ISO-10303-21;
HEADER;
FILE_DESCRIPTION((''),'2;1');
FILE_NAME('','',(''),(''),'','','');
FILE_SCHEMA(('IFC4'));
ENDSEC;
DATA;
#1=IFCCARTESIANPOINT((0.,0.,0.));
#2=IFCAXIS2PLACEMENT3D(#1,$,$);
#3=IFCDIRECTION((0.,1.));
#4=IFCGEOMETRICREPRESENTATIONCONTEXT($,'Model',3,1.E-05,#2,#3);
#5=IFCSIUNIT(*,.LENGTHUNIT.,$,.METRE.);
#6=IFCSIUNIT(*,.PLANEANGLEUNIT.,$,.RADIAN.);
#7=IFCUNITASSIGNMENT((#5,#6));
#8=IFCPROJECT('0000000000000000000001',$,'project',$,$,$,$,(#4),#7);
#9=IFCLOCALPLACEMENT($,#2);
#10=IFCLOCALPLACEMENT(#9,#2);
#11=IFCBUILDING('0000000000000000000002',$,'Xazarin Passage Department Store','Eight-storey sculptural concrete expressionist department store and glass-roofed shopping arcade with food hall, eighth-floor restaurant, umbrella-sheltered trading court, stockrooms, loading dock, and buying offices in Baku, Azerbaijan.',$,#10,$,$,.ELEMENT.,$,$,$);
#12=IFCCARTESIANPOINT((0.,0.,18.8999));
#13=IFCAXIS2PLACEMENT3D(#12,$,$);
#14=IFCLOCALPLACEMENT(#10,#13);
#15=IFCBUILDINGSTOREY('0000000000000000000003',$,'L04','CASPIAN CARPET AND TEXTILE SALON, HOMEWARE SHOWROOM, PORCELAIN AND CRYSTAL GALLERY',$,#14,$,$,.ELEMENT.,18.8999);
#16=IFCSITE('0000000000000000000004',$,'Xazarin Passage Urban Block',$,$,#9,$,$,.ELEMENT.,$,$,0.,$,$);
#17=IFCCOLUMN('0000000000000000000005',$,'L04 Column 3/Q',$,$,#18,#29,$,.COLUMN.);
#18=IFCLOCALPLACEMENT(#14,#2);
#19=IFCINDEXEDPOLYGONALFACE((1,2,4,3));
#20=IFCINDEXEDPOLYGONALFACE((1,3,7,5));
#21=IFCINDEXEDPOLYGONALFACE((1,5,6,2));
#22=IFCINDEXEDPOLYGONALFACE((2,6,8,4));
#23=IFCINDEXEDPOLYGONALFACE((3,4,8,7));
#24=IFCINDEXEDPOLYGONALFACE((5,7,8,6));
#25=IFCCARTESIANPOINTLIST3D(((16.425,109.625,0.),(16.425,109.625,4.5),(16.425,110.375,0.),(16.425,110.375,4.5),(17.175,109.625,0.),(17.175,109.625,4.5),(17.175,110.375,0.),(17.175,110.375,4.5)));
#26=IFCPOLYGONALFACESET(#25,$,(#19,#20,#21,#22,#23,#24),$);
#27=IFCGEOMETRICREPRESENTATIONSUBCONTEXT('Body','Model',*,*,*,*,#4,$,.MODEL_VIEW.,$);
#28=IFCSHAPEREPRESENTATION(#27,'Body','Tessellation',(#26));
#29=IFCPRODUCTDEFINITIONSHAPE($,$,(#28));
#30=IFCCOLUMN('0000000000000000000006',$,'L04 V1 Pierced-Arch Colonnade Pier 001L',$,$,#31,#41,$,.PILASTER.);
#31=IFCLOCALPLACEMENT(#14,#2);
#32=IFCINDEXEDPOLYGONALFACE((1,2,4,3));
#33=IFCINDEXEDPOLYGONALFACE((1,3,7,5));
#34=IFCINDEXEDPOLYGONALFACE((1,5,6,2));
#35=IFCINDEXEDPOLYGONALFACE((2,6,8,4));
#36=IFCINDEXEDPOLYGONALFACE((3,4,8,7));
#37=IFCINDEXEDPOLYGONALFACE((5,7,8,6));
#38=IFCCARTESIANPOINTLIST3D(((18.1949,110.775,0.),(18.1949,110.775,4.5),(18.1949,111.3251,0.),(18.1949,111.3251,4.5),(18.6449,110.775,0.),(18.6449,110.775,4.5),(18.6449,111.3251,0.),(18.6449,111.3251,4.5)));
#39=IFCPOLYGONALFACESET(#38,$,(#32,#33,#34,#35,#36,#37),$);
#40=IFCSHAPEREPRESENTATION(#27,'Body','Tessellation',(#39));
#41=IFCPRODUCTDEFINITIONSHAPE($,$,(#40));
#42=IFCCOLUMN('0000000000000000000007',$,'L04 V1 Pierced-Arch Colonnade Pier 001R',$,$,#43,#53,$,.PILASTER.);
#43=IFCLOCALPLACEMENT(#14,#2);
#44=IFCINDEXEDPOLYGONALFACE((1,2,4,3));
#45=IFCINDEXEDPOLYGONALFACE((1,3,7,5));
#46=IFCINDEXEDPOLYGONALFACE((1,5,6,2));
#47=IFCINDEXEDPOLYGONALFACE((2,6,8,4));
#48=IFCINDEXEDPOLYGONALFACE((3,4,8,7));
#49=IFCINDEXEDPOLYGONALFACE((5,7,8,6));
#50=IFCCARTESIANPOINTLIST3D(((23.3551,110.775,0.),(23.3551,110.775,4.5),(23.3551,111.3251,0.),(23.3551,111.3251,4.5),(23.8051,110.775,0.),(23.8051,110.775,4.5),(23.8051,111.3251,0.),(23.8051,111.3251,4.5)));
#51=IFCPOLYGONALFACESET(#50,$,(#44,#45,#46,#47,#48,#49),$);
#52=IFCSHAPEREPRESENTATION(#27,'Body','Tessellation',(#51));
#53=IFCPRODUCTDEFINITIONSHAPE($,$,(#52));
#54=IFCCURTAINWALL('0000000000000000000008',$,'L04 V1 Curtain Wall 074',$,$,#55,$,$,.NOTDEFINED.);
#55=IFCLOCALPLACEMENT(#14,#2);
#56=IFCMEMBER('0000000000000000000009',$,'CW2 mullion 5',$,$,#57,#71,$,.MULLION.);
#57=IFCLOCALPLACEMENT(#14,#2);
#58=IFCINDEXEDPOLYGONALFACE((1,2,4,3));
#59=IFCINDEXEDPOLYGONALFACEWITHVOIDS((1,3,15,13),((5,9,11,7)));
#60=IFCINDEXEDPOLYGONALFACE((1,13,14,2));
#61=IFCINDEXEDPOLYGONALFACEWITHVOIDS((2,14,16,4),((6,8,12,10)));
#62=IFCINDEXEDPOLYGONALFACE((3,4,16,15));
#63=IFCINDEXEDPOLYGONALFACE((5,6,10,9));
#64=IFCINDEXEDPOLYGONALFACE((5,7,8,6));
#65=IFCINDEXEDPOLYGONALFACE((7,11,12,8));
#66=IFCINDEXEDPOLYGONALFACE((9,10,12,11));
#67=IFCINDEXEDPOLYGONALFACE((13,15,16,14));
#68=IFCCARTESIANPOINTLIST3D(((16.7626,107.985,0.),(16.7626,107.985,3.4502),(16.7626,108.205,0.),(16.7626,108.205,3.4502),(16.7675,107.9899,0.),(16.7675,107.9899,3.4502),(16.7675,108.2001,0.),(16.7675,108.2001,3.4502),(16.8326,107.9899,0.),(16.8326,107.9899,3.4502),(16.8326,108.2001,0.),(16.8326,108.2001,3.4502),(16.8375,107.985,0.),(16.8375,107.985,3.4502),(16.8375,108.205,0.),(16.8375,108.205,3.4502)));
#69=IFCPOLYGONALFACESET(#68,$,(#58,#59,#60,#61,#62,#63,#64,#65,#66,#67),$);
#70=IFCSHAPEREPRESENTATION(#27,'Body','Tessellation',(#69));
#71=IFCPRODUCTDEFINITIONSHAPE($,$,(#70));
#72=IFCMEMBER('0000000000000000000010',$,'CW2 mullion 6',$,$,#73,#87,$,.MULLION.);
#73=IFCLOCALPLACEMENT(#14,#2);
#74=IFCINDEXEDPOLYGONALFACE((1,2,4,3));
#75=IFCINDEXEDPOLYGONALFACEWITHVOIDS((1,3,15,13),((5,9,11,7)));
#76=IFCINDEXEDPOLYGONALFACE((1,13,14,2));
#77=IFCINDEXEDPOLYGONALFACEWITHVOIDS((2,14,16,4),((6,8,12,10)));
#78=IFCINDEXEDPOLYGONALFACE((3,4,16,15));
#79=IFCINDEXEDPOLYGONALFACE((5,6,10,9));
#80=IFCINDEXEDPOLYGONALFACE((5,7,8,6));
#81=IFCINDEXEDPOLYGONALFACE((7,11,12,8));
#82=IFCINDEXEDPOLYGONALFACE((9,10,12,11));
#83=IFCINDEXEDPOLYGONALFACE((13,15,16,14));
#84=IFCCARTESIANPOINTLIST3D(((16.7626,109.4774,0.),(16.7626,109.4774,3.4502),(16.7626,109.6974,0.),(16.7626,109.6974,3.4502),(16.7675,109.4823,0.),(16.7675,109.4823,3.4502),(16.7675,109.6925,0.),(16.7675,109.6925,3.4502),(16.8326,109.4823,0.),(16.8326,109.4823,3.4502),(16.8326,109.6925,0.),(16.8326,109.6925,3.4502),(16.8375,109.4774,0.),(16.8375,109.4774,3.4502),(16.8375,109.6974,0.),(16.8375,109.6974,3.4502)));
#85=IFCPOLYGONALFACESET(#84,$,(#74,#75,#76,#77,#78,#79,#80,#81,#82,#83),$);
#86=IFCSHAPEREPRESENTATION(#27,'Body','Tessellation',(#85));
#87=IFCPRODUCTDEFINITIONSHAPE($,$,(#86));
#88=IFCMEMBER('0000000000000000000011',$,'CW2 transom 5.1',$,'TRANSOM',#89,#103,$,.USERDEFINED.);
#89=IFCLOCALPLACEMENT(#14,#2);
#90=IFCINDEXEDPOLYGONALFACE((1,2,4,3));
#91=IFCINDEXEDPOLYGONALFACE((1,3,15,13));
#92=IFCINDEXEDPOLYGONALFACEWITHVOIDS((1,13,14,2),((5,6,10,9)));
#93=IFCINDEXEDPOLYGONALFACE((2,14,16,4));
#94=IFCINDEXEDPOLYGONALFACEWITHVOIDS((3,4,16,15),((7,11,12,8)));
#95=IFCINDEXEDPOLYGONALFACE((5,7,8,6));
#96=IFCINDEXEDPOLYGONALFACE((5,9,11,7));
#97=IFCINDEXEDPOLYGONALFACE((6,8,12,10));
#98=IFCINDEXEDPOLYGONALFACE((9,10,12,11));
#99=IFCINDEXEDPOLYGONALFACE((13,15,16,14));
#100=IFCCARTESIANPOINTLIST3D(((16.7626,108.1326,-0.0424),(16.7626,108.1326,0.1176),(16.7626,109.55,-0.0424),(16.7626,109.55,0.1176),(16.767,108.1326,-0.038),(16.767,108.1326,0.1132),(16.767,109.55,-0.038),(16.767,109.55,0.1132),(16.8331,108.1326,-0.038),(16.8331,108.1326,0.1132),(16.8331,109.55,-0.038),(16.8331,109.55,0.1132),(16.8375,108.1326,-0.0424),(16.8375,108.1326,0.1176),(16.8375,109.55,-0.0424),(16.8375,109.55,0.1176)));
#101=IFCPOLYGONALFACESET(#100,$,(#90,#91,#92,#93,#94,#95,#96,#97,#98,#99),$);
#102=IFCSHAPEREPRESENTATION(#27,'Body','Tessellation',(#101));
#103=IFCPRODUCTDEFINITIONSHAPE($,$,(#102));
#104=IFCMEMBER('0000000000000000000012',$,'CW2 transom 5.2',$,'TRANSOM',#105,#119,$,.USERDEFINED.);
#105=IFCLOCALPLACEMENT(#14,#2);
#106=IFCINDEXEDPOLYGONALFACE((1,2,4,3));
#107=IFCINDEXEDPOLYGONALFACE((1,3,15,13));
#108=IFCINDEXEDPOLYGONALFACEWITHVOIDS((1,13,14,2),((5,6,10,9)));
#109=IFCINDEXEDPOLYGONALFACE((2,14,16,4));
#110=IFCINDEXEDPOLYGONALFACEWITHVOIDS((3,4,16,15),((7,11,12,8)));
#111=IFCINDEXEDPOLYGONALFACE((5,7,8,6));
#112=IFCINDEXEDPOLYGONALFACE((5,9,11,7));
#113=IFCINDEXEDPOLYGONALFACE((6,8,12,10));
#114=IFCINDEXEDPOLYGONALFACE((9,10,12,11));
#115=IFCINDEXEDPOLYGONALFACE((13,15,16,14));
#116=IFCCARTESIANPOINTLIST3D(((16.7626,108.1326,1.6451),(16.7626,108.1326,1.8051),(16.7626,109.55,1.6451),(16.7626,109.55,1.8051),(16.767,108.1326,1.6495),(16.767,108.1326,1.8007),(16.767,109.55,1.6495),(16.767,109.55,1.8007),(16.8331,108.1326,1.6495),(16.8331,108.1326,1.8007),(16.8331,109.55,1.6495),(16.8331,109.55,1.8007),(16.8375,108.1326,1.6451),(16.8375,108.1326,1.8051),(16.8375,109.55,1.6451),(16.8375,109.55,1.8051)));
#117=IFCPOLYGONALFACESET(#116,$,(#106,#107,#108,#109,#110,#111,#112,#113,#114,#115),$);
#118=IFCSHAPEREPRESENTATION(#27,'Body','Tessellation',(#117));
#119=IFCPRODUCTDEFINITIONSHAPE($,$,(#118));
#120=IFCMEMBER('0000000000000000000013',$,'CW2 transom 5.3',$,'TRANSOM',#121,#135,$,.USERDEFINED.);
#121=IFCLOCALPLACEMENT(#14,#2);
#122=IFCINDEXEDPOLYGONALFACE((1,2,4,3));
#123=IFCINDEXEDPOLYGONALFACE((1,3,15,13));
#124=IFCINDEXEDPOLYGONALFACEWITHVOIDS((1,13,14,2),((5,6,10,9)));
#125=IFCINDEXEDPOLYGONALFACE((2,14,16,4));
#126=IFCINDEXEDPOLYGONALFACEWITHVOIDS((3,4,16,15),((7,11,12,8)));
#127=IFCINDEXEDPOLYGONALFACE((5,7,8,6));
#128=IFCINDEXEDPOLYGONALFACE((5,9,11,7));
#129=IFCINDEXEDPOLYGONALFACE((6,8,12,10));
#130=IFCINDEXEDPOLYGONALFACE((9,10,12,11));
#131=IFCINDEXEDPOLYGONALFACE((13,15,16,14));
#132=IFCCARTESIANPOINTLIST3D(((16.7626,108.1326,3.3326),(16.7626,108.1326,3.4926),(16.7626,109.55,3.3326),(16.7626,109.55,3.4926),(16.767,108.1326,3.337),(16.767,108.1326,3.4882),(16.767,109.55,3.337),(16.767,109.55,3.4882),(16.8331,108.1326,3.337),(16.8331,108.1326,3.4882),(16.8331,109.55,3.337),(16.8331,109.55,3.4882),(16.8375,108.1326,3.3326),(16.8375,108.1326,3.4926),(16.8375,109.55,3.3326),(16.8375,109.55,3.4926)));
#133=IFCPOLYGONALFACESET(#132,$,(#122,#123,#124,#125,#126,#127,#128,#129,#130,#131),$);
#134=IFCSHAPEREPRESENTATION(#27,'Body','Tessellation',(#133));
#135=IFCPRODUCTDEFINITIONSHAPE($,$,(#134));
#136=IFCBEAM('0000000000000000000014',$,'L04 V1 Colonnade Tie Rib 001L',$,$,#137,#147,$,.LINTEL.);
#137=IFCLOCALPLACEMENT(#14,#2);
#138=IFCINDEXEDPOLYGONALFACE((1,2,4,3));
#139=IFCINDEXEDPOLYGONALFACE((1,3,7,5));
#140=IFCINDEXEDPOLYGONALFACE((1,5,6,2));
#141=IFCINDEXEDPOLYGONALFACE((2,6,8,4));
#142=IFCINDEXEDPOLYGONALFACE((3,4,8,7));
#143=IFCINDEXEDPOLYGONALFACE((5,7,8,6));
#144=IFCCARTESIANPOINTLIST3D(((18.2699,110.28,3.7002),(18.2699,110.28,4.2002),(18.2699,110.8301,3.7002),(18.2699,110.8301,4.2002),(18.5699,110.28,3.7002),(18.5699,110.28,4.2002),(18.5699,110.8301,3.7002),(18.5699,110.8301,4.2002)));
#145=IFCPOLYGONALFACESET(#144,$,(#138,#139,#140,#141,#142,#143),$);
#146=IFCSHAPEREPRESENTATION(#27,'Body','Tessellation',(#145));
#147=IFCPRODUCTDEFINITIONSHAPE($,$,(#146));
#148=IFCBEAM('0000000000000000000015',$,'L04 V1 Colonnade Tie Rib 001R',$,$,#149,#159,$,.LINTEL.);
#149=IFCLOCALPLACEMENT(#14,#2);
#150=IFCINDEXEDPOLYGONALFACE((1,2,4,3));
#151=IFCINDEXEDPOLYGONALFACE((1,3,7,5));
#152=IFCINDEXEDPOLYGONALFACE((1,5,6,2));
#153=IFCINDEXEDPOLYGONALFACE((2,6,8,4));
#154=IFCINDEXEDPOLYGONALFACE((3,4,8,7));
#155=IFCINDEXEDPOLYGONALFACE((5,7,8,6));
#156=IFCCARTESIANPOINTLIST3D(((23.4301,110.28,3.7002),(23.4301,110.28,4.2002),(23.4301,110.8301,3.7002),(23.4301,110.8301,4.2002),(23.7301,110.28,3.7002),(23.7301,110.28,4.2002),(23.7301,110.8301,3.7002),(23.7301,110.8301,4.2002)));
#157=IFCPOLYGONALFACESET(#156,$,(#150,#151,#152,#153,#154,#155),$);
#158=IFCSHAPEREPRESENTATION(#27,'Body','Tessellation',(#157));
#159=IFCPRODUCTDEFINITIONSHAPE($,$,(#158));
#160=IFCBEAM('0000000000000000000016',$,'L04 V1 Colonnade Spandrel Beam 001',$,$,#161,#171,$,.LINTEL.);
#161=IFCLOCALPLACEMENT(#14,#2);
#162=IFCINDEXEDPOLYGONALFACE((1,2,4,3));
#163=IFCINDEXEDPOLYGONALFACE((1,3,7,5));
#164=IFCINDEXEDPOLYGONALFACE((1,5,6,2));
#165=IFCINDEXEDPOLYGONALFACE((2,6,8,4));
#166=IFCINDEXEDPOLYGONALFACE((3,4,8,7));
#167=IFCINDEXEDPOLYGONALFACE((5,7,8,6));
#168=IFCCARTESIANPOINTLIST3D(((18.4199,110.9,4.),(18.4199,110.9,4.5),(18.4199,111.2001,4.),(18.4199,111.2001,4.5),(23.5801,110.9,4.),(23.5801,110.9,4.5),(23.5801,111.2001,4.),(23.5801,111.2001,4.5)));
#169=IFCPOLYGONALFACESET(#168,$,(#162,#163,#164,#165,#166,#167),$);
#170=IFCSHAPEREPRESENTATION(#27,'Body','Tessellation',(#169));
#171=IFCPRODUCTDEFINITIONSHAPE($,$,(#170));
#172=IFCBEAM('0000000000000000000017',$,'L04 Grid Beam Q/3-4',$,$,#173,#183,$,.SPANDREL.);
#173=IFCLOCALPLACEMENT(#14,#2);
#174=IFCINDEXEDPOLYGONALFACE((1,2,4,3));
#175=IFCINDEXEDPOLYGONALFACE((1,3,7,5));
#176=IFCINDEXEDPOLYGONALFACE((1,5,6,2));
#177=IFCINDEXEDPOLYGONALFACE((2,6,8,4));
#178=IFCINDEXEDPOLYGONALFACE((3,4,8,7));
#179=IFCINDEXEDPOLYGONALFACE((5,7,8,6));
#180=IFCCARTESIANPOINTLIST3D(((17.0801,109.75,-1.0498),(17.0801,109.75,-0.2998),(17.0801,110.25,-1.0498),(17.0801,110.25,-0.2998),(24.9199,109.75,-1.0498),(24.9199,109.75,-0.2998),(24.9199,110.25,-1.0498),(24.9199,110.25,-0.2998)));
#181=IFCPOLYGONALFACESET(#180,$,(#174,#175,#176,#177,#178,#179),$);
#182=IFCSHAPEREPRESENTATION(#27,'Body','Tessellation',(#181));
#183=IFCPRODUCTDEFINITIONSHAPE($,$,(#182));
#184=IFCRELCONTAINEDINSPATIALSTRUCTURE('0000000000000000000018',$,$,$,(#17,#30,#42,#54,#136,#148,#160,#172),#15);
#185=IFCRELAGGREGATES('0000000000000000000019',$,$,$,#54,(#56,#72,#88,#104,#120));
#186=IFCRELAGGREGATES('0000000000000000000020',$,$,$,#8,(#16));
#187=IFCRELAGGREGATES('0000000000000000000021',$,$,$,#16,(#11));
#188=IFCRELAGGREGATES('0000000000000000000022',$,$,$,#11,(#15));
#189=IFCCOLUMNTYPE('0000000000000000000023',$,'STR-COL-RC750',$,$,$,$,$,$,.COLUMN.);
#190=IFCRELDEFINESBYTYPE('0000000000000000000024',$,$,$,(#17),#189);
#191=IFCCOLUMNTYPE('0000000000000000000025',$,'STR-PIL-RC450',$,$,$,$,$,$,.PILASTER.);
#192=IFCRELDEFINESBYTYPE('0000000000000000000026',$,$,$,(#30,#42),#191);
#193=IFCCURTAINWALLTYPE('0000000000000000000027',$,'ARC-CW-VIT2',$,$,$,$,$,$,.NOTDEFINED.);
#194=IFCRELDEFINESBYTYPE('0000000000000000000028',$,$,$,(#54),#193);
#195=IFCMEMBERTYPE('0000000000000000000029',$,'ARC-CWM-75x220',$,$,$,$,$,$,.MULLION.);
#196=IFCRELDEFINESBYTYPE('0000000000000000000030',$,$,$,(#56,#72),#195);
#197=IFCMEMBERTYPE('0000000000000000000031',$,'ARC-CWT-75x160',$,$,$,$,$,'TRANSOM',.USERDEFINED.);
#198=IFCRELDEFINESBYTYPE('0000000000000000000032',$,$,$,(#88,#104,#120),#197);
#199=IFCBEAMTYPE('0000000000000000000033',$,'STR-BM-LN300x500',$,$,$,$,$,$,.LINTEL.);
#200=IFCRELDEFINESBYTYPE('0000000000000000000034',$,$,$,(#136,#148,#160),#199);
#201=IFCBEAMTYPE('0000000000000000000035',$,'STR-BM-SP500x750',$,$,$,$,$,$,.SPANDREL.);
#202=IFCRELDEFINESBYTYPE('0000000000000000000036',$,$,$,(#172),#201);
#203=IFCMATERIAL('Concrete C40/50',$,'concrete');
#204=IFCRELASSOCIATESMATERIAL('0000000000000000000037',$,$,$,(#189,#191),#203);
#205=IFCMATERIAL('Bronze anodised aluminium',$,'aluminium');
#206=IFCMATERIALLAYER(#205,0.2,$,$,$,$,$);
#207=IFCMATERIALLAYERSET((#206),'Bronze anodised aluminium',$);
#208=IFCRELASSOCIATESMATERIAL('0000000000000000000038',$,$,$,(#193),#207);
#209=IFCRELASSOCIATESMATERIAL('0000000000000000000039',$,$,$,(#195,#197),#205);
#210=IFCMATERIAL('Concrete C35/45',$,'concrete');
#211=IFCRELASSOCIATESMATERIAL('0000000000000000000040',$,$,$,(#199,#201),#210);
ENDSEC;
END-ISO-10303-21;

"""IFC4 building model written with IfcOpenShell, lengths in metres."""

from ifc_helpers import new_model, si_unit, direction, frame, origin, origin_2d, place, context, subcontext, project, spatial, rectangle, hollow_rectangle, extrude, material, layer, layer_set, material_profile, profile_set, type_object, element, aggregate, save


model = new_model("IFC4")

# Units and contexts
model_context = context("Model", 3, precision=1e-05, world=origin(), true_north=direction((0.0, 1.0)))
body_context = subcontext(model_context, "Body", "Model", "MODEL_VIEW")
ifc_project = project(units=[si_unit("LENGTHUNIT", "METRE"), si_unit("PLANEANGLEUNIT", "RADIAN")], contexts=[model_context])

# Site, building, storey
site_placement = place(None, origin())
site = spatial("IfcSite", under=ifc_project, at=site_placement, Name="Xazarin Passage Urban Block", CompositionType="ELEMENT", RefElevation=0.0)
building_placement = place(site_placement, origin())
building = spatial("IfcBuilding", under=site, at=building_placement, Name="Xazarin Passage Department Store", Description="Eight-storey sculptural concrete expressionist department store and glass-roofed shopping arcade with food hall, eighth-floor restaurant, umbrella-sheltered trading court, stockrooms, loading dock, and buying offices in Baku, Azerbaijan.", CompositionType="ELEMENT")
storey_placement = place(building_placement, frame((0.0, 0.0, 18.8999)))
storey = spatial("IfcBuildingStorey", under=building, at=storey_placement, Name="L04", Description="CASPIAN CARPET AND TEXTILE SALON, HOMEWARE SHOWROOM, PORCELAIN AND CRYSTAL GALLERY", CompositionType="ELEMENT", Elevation=18.8999)

# Columns
ifc_material_1 = material(Name="Concrete C40/50", Category="concrete")
ifc_material_profile_1 = material_profile(ifc_material_1, rectangle(XDim=0.75, YDim=0.75, at=origin_2d()), Name="RC 750x750")
ifc_profile_set_1 = profile_set([ifc_material_profile_1], Name="Concrete C40/50")
column_type_1 = type_object("IfcColumnType", Name="STR-COL-RC750", PredefinedType="COLUMN", material=ifc_profile_set_1)
column_placement = place(storey_placement, frame((16.8, 110.0, 0.0), z_axis=(0.0, 0.0, 1.0), x_axis=(1.0, 0.0, 0.0)))
element("IfcColumn", 1, at=column_placement, inside=storey, type_object=column_type_1, Name="L04 Column 3/Q", PredefinedType="COLUMN", context=body_context, shape_type="SweptSolid", body=[
    extrude(rectangle(XDim=0.75, YDim=0.75, at=origin_2d()), origin(), (0.0, 0.0, 1.0), 4.5),
])
ifc_material_profile_2 = material_profile(ifc_material_1, rectangle(XDim=0.45, YDim=0.55, at=origin_2d()), Name="RC 450x550")
ifc_profile_set_2 = profile_set([ifc_material_profile_2], Name="Concrete C40/50")
column_type_2 = type_object("IfcColumnType", Name="STR-PIL-RC450", PredefinedType="PILASTER", material=ifc_profile_set_2)
for number, where, z_axis, x_axis, name in (
    (2, (18.4199, 111.05, 0.0), (0.0, 0.0, 1.0), (1.0, 0.0, 0.0), "L04 V1 Pierced-Arch Colonnade Pier 001L"),
    (3, (23.5801, 111.05, 0.0), (0.0, 0.0, 1.0), (1.0, 0.0, 0.0), "L04 V1 Pierced-Arch Colonnade Pier 001R"),
):
    element("IfcColumn", number, at=place(storey_placement, frame(where, z_axis=z_axis, x_axis=x_axis)), inside=storey, type_object=column_type_2, Name=name, PredefinedType="PILASTER", context=body_context, shape_type="SweptSolid", body=[
        extrude(rectangle(XDim=0.45, YDim=0.55, at=origin_2d()), origin(), (0.0, 0.0, 1.0), 4.5),
    ])

# Curtain wall, members
ifc_material_2 = material(Name="Bronze anodised aluminium", Category="aluminium")
ifc_layer_1 = layer(ifc_material_2, 0.2)
ifc_layer_set_1 = layer_set([ifc_layer_1], Name="Bronze anodised aluminium")
curtain_wall_type = type_object("IfcCurtainWallType", Name="ARC-CW-VIT2", PredefinedType="NOTDEFINED", material=ifc_layer_set_1)
curtain_wall_placement = place(storey_placement, origin())
curtain_wall = element("IfcCurtainWall", 4, at=curtain_wall_placement, inside=storey, type_object=curtain_wall_type, Name="L04 V1 Curtain Wall 074", PredefinedType="NOTDEFINED")
ifc_material_profile_3 = material_profile(ifc_material_2, hollow_rectangle(XDim=0.075, YDim=0.22, WallThickness=0.0049, at=origin_2d()), Name="ALU 75x220")
ifc_profile_set_3 = profile_set([ifc_material_profile_3], Name="Bronze anodised aluminium")
member_type_1 = type_object("IfcMemberType", Name="ARC-CWM-75x220", PredefinedType="MULLION", material=ifc_profile_set_3)
member_1_placement = place(storey_placement, frame((16.8, 108.095, 0.0), z_axis=(0.0, 0.0, 1.0), x_axis=(-1.0, 0.0, 0.0)))
member_1 = element("IfcMember", 5, at=member_1_placement, type_object=member_type_1, Name="CW2 mullion 5", PredefinedType="MULLION", context=body_context, shape_type="SweptSolid", body=[
    extrude(hollow_rectangle(XDim=0.075, YDim=0.22, WallThickness=0.0049, at=origin_2d()), origin(), (0.0, 0.0, 1.0), 3.4502),
])
member_2_placement = place(storey_placement, frame((16.8, 109.5874, 0.0), z_axis=(0.0, 0.0, 1.0), x_axis=(-1.0, 0.0, 0.0)))
member_2 = element("IfcMember", 6, at=member_2_placement, type_object=member_type_1, Name="CW2 mullion 6", PredefinedType="MULLION", context=body_context, shape_type="SweptSolid", body=[
    extrude(hollow_rectangle(XDim=0.075, YDim=0.22, WallThickness=0.0049, at=origin_2d()), origin(), (0.0, 0.0, 1.0), 3.4502),
])
ifc_material_profile_4 = material_profile(ifc_material_2, hollow_rectangle(XDim=0.075, YDim=0.1599, WallThickness=0.0044, at=origin_2d()), Name="ALU 75x160")
ifc_profile_set_4 = profile_set([ifc_material_profile_4], Name="Bronze anodised aluminium")
member_type_2 = type_object("IfcMemberType", Name="ARC-CWT-75x160", ElementType="TRANSOM", PredefinedType="USERDEFINED", material=ifc_profile_set_4)
member_3_placement = place(storey_placement, frame((16.8, 108.1326, 0.0376), z_axis=(0.0, 1.0, 0.0), x_axis=(-1.0, 0.0, 0.0)))
member_3 = element("IfcMember", 7, at=member_3_placement, type_object=member_type_2, Name="CW2 transom 5.1", ObjectType="TRANSOM", PredefinedType="USERDEFINED", context=body_context, shape_type="SweptSolid", body=[
    extrude(hollow_rectangle(XDim=0.075, YDim=0.1599, WallThickness=0.0044, at=origin_2d()), origin(), (0.0, 0.0, 1.0), 1.4175),
])
member_4_placement = place(storey_placement, frame((16.8, 108.1326, 1.7251), z_axis=(0.0, 1.0, 0.0), x_axis=(-1.0, 0.0, 0.0)))
member_4 = element("IfcMember", 8, at=member_4_placement, type_object=member_type_2, Name="CW2 transom 5.2", ObjectType="TRANSOM", PredefinedType="USERDEFINED", context=body_context, shape_type="SweptSolid", body=[
    extrude(hollow_rectangle(XDim=0.075, YDim=0.1599, WallThickness=0.0044, at=origin_2d()), origin(), (0.0, 0.0, 1.0), 1.4175),
])
member_5_placement = place(storey_placement, frame((16.8, 108.1326, 3.4126), z_axis=(0.0, 1.0, 0.0), x_axis=(-1.0, 0.0, 0.0)))
member_5 = element("IfcMember", 9, at=member_5_placement, type_object=member_type_2, Name="CW2 transom 5.3", ObjectType="TRANSOM", PredefinedType="USERDEFINED", context=body_context, shape_type="SweptSolid", body=[
    extrude(hollow_rectangle(XDim=0.075, YDim=0.1599, WallThickness=0.0044, at=origin_2d()), origin(), (0.0, 0.0, 1.0), 1.4175),
])

# Beams
ifc_material_3 = material(Name="Concrete C35/45", Category="concrete")
ifc_material_profile_5 = material_profile(ifc_material_3, rectangle(XDim=0.3, YDim=0.5, at=origin_2d()), Name="RC 300x500")
ifc_profile_set_5 = profile_set([ifc_material_profile_5], Name="Concrete C35/45")
beam_type_1 = type_object("IfcBeamType", Name="STR-BM-LN300x500", PredefinedType="LINTEL", material=ifc_profile_set_5)
for number, where, z_axis, x_axis, name in (
    (10, (18.4199, 110.28, 3.9502), (0.0, 1.0, 0.0), (-1.0, 0.0, 0.0), "L04 V1 Colonnade Tie Rib 001L"),
    (11, (23.5801, 110.28, 3.9502), (0.0, 1.0, 0.0), (-1.0, 0.0, 0.0), "L04 V1 Colonnade Tie Rib 001R"),
):
    element("IfcBeam", number, at=place(storey_placement, frame(where, z_axis=z_axis, x_axis=x_axis)), inside=storey, type_object=beam_type_1, Name=name, PredefinedType="LINTEL", context=body_context, shape_type="SweptSolid", body=[
        extrude(rectangle(XDim=0.3, YDim=0.5, at=origin_2d()), origin(), (0.0, 0.0, 1.0), 0.55),
    ])
beam_1_placement = place(storey_placement, frame((18.4199, 111.05, 4.25), z_axis=(1.0, 0.0, 0.0), x_axis=(0.0, 1.0, 0.0)))
element("IfcBeam", 12, at=beam_1_placement, inside=storey, type_object=beam_type_1, Name="L04 V1 Colonnade Spandrel Beam 001", PredefinedType="LINTEL", context=body_context, shape_type="SweptSolid", body=[
    extrude(rectangle(XDim=0.3, YDim=0.5, at=origin_2d()), origin(), (0.0, 0.0, 1.0), 5.1602),
])
ifc_material_profile_6 = material_profile(ifc_material_3, rectangle(XDim=0.5, YDim=0.75, at=origin_2d()), Name="RC 500x750")
ifc_profile_set_6 = profile_set([ifc_material_profile_6], Name="Concrete C35/45")
beam_type_2 = type_object("IfcBeamType", Name="STR-BM-SP500x750", PredefinedType="SPANDREL", material=ifc_profile_set_6)
beam_2_placement = place(storey_placement, frame((17.0801, 110.0, -0.6748), z_axis=(1.0, 0.0, 0.0), x_axis=(0.0, 1.0, 0.0)))
element("IfcBeam", 13, at=beam_2_placement, inside=storey, type_object=beam_type_2, Name="L04 Grid Beam Q/3-4", PredefinedType="SPANDREL", context=body_context, shape_type="SweptSolid", body=[
    extrude(rectangle(XDim=0.5, YDim=0.75, at=origin_2d()), origin(), (0.0, 0.0, 1.0), 7.8398),
])

aggregate(curtain_wall, [member_1, member_2, member_3, member_4, member_5])

save(model, "model.ifc")
